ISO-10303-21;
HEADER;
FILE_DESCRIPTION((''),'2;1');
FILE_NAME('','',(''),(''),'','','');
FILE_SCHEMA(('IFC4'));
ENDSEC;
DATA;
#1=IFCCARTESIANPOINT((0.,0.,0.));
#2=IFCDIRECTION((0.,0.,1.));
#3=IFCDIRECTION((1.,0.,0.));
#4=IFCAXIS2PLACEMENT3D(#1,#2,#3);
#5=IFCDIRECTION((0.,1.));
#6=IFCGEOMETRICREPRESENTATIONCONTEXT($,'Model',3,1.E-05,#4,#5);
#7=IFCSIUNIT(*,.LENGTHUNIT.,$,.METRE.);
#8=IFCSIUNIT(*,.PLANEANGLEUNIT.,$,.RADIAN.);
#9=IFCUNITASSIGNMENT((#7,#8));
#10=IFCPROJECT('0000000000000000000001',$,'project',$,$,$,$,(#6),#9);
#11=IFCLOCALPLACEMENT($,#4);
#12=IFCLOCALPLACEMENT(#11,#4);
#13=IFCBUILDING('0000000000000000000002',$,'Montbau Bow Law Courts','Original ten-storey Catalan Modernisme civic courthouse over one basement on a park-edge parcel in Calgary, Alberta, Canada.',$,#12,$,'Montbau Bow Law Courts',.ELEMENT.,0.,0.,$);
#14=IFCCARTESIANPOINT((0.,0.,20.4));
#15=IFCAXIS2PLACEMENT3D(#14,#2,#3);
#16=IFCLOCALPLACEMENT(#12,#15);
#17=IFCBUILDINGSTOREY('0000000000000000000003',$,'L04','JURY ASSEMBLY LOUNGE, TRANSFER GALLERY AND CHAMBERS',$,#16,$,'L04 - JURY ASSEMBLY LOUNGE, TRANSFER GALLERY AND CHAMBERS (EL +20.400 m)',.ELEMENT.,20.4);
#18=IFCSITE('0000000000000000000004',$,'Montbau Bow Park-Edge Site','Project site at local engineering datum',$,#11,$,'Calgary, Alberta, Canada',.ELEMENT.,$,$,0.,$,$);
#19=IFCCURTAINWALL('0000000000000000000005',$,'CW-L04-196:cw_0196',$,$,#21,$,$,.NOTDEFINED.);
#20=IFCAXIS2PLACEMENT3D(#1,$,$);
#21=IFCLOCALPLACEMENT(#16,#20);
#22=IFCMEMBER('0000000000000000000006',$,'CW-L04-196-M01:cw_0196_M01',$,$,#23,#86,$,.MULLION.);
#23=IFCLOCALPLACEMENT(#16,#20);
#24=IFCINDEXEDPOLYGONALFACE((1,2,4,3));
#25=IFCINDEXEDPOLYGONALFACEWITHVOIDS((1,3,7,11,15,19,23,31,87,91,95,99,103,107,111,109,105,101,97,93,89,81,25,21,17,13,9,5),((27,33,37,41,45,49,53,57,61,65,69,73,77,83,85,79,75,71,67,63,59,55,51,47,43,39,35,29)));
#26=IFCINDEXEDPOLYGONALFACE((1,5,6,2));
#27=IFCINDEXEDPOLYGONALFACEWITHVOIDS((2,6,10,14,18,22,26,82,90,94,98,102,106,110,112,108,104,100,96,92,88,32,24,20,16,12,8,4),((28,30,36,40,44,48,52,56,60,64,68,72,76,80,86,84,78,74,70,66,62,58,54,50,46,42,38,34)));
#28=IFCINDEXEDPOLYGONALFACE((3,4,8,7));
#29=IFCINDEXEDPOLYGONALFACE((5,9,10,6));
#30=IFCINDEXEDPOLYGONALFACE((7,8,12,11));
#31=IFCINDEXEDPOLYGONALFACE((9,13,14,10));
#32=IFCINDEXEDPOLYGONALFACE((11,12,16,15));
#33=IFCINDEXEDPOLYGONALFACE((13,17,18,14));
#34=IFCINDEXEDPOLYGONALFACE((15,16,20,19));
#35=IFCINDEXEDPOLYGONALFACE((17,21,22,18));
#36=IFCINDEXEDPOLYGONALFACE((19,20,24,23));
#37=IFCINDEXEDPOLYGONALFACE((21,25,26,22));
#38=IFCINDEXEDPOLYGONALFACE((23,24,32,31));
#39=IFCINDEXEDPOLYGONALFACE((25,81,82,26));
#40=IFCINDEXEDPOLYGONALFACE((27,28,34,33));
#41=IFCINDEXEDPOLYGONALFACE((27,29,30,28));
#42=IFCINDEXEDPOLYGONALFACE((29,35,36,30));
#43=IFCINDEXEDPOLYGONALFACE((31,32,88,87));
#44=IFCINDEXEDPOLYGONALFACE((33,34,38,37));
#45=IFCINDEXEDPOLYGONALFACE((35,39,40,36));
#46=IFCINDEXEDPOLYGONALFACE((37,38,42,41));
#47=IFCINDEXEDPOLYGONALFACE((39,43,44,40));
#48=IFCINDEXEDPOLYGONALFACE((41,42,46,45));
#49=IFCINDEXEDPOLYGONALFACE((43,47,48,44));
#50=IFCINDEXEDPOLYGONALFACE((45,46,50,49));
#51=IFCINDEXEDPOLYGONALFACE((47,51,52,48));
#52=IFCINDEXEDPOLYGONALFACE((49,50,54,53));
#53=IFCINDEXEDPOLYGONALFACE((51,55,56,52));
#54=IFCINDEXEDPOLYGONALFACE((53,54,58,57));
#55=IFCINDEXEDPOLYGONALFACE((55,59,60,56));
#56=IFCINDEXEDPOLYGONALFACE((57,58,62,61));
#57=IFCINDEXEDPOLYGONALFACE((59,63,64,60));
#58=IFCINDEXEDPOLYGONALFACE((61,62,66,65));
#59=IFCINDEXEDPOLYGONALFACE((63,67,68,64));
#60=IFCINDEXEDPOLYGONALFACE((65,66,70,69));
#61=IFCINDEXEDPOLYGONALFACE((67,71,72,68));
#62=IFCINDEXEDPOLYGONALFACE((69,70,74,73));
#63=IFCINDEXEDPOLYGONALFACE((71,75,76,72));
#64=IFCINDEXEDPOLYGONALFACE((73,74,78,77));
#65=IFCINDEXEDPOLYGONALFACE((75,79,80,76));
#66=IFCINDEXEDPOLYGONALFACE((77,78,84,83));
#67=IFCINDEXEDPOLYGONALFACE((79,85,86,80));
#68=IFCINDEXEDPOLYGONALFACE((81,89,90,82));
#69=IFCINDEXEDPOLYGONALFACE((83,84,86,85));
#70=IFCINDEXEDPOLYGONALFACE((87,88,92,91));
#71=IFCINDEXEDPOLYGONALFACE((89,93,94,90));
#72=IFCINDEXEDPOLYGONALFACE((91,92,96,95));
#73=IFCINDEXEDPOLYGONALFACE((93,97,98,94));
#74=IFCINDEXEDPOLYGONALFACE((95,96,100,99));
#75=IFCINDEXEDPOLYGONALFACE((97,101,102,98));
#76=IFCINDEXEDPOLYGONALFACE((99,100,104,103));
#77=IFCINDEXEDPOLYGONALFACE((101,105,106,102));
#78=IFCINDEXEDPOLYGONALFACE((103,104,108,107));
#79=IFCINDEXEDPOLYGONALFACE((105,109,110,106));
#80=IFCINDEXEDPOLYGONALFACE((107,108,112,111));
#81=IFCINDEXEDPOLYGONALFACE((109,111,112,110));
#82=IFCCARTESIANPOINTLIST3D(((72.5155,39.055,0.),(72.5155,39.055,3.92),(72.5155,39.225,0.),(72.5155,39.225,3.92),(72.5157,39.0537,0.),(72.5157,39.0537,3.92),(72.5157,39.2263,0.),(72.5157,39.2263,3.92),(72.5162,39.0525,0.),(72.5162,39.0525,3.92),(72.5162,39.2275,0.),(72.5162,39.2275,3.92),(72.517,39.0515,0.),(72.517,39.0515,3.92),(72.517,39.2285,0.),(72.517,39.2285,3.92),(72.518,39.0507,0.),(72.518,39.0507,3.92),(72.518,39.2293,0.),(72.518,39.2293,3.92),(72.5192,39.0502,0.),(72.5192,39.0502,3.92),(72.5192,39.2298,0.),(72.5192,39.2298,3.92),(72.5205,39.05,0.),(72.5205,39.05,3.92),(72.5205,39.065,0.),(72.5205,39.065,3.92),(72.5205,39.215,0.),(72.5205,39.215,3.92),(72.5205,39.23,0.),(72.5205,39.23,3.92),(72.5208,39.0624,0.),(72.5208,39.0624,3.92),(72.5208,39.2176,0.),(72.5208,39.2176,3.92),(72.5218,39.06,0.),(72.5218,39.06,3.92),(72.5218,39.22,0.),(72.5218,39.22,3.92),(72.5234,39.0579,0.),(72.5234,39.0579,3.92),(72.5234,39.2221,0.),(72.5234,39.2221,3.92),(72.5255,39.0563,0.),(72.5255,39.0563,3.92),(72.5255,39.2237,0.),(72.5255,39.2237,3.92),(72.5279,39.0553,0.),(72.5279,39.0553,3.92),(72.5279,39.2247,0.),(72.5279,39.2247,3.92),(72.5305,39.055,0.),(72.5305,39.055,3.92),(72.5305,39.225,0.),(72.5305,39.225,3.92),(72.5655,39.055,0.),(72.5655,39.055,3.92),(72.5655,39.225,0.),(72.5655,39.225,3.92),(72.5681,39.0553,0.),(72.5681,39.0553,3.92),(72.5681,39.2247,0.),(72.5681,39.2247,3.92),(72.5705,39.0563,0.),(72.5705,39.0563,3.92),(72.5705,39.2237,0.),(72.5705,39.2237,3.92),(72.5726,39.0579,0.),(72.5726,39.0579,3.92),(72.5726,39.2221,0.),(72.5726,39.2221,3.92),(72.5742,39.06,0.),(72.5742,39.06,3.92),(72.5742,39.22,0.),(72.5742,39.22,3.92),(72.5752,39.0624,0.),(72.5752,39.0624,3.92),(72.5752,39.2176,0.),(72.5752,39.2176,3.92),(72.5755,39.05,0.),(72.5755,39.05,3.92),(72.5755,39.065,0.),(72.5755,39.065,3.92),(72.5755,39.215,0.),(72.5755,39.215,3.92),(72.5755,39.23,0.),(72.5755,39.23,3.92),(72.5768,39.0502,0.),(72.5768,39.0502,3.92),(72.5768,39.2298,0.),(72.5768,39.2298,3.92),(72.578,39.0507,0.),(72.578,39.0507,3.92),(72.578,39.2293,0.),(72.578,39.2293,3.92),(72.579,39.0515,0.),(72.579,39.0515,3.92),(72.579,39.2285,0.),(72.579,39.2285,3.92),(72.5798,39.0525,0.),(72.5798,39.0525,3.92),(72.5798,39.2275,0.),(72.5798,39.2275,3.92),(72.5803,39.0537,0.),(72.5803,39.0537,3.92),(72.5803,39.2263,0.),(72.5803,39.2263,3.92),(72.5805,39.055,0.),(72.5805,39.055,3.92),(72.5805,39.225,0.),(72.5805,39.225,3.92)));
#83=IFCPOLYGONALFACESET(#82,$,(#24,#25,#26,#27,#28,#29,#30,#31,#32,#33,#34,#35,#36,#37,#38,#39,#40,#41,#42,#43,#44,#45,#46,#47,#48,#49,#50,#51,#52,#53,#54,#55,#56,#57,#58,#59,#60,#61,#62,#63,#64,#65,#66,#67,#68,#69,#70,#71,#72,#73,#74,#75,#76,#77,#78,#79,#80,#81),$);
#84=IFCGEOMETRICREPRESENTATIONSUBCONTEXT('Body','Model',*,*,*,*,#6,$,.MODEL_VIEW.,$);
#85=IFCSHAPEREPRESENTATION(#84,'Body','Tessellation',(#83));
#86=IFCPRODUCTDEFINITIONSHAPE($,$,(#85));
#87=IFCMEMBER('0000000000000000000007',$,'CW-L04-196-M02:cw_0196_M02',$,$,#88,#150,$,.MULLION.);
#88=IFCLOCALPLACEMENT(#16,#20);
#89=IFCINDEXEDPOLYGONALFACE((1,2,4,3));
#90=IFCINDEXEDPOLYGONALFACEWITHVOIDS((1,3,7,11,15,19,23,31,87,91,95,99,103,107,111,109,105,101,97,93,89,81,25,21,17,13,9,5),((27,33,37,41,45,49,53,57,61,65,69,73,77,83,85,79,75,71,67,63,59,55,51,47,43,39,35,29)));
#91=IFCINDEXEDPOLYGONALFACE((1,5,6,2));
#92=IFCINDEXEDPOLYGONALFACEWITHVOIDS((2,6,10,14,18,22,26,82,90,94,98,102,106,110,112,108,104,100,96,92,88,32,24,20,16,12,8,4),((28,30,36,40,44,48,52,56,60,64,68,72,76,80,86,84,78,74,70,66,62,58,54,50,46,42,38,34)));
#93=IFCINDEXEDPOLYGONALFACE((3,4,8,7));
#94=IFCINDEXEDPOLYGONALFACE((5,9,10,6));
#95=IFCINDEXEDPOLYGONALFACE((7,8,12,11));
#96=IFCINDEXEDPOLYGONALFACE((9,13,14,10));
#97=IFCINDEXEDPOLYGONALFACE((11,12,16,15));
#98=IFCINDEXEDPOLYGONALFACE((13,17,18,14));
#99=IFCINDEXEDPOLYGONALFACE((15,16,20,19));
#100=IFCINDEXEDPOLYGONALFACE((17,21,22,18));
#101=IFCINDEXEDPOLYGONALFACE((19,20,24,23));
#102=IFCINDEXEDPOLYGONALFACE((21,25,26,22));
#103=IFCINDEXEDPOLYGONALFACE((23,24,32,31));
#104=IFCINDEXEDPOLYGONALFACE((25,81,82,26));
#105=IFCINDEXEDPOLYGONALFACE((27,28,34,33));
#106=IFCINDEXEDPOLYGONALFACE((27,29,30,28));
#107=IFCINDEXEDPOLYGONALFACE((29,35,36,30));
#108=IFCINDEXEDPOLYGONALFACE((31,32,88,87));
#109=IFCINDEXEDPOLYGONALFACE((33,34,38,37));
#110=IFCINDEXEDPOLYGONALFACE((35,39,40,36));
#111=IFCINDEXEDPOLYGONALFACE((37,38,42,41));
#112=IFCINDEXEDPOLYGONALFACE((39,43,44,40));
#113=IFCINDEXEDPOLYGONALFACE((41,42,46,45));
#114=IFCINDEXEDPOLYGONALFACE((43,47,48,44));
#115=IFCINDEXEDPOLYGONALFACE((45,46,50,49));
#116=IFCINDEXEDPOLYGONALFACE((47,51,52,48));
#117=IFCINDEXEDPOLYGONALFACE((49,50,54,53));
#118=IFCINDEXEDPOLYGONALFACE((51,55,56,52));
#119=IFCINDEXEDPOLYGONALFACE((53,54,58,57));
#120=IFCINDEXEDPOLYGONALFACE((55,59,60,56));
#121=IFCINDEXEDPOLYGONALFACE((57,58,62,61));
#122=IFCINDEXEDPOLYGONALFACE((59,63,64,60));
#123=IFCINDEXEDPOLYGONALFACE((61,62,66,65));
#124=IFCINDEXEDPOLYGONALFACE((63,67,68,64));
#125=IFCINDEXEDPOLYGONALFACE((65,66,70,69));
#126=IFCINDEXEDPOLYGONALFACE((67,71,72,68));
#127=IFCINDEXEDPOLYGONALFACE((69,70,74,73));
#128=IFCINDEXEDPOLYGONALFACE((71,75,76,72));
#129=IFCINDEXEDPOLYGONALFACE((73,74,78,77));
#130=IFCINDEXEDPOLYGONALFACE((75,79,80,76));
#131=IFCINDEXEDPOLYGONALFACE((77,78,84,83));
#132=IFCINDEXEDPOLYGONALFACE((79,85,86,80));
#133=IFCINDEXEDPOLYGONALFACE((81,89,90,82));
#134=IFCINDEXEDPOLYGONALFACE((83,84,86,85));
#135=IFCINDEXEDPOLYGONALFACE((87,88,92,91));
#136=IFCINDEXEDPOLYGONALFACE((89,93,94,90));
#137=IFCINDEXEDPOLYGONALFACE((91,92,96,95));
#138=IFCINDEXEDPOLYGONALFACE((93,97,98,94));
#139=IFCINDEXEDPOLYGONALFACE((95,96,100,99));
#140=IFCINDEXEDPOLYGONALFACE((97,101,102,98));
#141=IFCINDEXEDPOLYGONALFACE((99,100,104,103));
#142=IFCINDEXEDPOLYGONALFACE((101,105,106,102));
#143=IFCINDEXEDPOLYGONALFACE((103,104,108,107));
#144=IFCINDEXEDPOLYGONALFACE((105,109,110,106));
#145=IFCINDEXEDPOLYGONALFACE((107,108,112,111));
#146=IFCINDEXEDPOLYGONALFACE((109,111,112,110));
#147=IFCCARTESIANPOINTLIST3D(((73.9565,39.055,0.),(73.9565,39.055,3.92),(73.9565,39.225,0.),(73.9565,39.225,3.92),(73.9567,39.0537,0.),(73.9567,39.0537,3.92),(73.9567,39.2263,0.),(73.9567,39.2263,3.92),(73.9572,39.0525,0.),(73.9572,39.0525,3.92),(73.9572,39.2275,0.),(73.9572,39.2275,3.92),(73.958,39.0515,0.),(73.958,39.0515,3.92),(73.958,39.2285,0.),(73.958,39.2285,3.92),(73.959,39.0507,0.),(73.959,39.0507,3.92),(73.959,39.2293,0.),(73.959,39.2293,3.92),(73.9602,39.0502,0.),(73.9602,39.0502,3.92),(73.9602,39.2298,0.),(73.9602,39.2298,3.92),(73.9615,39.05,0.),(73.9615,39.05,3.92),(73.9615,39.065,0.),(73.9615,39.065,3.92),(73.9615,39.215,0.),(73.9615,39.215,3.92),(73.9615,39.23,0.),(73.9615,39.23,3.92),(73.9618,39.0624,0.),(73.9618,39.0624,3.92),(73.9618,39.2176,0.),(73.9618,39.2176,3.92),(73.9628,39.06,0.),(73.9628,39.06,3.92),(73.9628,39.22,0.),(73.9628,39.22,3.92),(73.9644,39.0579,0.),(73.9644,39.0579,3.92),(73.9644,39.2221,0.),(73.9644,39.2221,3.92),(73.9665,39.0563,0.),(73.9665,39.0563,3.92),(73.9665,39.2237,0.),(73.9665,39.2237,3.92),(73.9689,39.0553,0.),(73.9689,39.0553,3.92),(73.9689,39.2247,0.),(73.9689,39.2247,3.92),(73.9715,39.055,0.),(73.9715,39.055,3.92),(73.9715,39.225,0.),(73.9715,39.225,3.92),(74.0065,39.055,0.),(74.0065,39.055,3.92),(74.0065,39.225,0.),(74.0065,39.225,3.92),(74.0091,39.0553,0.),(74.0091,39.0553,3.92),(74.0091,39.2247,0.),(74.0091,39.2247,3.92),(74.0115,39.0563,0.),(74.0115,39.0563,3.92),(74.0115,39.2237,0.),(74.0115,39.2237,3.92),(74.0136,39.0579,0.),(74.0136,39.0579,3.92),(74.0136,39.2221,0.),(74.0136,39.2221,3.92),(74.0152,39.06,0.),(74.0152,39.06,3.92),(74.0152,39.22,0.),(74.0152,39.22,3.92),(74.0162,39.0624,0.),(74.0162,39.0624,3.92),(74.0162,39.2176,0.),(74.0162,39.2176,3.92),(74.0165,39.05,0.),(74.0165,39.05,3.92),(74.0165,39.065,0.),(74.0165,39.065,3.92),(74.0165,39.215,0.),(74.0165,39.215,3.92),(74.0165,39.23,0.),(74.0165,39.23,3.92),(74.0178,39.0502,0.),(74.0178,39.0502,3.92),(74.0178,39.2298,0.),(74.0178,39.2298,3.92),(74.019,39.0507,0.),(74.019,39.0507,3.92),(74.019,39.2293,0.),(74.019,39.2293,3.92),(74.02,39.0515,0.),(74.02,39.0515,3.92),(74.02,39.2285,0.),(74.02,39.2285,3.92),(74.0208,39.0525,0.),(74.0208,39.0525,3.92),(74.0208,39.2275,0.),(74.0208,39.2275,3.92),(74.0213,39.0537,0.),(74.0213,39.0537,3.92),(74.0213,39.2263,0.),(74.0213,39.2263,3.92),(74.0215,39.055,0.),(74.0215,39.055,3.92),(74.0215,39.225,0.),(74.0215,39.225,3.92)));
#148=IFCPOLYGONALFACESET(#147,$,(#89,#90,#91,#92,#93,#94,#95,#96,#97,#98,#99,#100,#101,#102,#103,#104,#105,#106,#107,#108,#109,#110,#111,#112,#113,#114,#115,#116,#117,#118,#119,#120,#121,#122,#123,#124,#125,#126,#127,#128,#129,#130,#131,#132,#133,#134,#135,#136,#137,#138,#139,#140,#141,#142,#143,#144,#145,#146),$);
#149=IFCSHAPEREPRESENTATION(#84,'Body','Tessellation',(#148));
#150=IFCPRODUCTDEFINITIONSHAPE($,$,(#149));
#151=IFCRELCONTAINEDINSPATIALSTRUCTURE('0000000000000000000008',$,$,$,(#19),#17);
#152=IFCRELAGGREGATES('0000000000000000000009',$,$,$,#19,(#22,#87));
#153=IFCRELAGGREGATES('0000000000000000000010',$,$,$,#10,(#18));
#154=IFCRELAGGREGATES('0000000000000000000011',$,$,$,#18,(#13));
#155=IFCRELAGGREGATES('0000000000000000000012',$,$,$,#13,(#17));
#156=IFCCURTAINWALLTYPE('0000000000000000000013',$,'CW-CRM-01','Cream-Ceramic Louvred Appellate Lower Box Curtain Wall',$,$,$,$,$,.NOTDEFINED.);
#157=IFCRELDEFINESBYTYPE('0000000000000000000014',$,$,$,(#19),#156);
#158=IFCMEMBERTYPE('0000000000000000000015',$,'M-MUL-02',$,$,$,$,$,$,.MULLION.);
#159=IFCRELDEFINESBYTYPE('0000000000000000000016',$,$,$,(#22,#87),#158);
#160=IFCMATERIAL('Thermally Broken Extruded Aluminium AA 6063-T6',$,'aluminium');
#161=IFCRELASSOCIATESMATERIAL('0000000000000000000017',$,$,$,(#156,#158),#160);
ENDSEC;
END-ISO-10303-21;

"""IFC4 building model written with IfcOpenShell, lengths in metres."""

from ifc_helpers import new_model, si_unit, direction, frame, origin_with_axes, origin_2d_with_axis, place, context, subcontext, project, spatial, hollow_rectangle, extrude, material, material_profile, profile_set, type_object, element, aggregate, save


model = new_model("IFC4")

# Units and contexts
model_context = context("Model", 3, precision=1e-05, world=origin_with_axes(), true_north=direction((0.0, 1.0)))
body_context = subcontext(model_context, "Body", "Model", "MODEL_VIEW")
ifc_project = project(units=[si_unit("LENGTHUNIT", "METRE"), si_unit("PLANEANGLEUNIT", "RADIAN")], contexts=[model_context])

# Site, building, storey
site_placement = place(None, origin_with_axes())
site = spatial("IfcSite", under=ifc_project, at=site_placement, Name="Montbau Bow Park-Edge Site", Description="Project site at local engineering datum", LongName="Calgary, Alberta, Canada", CompositionType="ELEMENT", RefElevation=0.0)
building_placement = place(site_placement, origin_with_axes())
building = spatial("IfcBuilding", under=site, at=building_placement, Name="Montbau Bow Law Courts", Description="Original ten-storey Catalan Modernisme civic courthouse over one basement on a park-edge parcel in Calgary, Alberta, Canada.", LongName="Montbau Bow Law Courts", CompositionType="ELEMENT", ElevationOfRefHeight=0.0, ElevationOfTerrain=0.0)
storey_placement = place(building_placement, frame((0.0, 0.0, 20.4), z_axis=(0.0, 0.0, 1.0), x_axis=(1.0, 0.0, 0.0)))
storey = spatial("IfcBuildingStorey", under=building, at=storey_placement, Name="L04", Description="JURY ASSEMBLY LOUNGE, TRANSFER GALLERY AND CHAMBERS", LongName="L04 - JURY ASSEMBLY LOUNGE, TRANSFER GALLERY AND CHAMBERS (EL +20.400 m)", CompositionType="ELEMENT", Elevation=20.4)

# Shared definitions
ifc_material_1 = material(Name="Thermally Broken Extruded Aluminium AA 6063-T6", Category="aluminium")
curtain_wall_type = type_object("IfcCurtainWallType", Name="CW-CRM-01", Description="Cream-Ceramic Louvred Appellate Lower Box Curtain Wall", PredefinedType="NOTDEFINED", material=ifc_material_1)

# Curtain wall, members
curtain_wall_1_placement = place(None, frame((72.515, 39.14, 20.4), z_axis=(0.0, 0.0, 1.0), x_axis=(1.0, 0.0, 0.0)))
curtain_wall_1 = element("IfcCurtainWall", 1, at=curtain_wall_1_placement, inside=storey, type_object=curtain_wall_type, Name="CW-L04-196:cw_0196", PredefinedType="NOTDEFINED")
ifc_material_profile_1 = material_profile(ifc_material_1, hollow_rectangle(XDim=0.065, YDim=0.18, WallThickness=0.005, InnerFilletRadius=0.01, OuterFilletRadius=0.005, at=origin_2d_with_axis()), Name="CWM-180X65", Category="Main", Priority=0)
ifc_profile_set_1 = profile_set([ifc_material_profile_1], Name="Thermally Broken Extruded Aluminium AA 6063-T6")
member_type_1 = type_object("IfcMemberType", Name="M-MUL-02", PredefinedType="MULLION", material=ifc_profile_set_1)
member_1_placement = place(None, frame((72.548, 39.14, 20.4), z_axis=(0.0, 0.0, 1.0), x_axis=(1.0, 0.0, 0.0)))
member_1 = element("IfcMember", 2, at=member_1_placement, type_object=member_type_1, Name="CW-L04-196-M01:cw_0196_M01", PredefinedType="MULLION", context=body_context, shape_type="SweptSolid", body=[
    extrude(hollow_rectangle(XDim=0.065, YDim=0.18, WallThickness=0.005, InnerFilletRadius=0.01, OuterFilletRadius=0.005, at=origin_2d_with_axis()), origin_with_axes(), (0.0, 0.0, 1.0), 3.92),
])
member_2_placement = place(None, frame((73.989, 39.14, 20.4), z_axis=(0.0, 0.0, 1.0), x_axis=(1.0, 0.0, 0.0)))
member_2 = element("IfcMember", 3, at=member_2_placement, type_object=member_type_1, Name="CW-L04-196-M02:cw_0196_M02", PredefinedType="MULLION", context=body_context, shape_type="SweptSolid", body=[
    extrude(hollow_rectangle(XDim=0.065, YDim=0.18, WallThickness=0.005, InnerFilletRadius=0.01, OuterFilletRadius=0.005, at=origin_2d_with_axis()), origin_with_axes(), (0.0, 0.0, 1.0), 3.92),
])
aggregate(curtain_wall_1, [member_1, member_2])

save(model, "model.ifc")
